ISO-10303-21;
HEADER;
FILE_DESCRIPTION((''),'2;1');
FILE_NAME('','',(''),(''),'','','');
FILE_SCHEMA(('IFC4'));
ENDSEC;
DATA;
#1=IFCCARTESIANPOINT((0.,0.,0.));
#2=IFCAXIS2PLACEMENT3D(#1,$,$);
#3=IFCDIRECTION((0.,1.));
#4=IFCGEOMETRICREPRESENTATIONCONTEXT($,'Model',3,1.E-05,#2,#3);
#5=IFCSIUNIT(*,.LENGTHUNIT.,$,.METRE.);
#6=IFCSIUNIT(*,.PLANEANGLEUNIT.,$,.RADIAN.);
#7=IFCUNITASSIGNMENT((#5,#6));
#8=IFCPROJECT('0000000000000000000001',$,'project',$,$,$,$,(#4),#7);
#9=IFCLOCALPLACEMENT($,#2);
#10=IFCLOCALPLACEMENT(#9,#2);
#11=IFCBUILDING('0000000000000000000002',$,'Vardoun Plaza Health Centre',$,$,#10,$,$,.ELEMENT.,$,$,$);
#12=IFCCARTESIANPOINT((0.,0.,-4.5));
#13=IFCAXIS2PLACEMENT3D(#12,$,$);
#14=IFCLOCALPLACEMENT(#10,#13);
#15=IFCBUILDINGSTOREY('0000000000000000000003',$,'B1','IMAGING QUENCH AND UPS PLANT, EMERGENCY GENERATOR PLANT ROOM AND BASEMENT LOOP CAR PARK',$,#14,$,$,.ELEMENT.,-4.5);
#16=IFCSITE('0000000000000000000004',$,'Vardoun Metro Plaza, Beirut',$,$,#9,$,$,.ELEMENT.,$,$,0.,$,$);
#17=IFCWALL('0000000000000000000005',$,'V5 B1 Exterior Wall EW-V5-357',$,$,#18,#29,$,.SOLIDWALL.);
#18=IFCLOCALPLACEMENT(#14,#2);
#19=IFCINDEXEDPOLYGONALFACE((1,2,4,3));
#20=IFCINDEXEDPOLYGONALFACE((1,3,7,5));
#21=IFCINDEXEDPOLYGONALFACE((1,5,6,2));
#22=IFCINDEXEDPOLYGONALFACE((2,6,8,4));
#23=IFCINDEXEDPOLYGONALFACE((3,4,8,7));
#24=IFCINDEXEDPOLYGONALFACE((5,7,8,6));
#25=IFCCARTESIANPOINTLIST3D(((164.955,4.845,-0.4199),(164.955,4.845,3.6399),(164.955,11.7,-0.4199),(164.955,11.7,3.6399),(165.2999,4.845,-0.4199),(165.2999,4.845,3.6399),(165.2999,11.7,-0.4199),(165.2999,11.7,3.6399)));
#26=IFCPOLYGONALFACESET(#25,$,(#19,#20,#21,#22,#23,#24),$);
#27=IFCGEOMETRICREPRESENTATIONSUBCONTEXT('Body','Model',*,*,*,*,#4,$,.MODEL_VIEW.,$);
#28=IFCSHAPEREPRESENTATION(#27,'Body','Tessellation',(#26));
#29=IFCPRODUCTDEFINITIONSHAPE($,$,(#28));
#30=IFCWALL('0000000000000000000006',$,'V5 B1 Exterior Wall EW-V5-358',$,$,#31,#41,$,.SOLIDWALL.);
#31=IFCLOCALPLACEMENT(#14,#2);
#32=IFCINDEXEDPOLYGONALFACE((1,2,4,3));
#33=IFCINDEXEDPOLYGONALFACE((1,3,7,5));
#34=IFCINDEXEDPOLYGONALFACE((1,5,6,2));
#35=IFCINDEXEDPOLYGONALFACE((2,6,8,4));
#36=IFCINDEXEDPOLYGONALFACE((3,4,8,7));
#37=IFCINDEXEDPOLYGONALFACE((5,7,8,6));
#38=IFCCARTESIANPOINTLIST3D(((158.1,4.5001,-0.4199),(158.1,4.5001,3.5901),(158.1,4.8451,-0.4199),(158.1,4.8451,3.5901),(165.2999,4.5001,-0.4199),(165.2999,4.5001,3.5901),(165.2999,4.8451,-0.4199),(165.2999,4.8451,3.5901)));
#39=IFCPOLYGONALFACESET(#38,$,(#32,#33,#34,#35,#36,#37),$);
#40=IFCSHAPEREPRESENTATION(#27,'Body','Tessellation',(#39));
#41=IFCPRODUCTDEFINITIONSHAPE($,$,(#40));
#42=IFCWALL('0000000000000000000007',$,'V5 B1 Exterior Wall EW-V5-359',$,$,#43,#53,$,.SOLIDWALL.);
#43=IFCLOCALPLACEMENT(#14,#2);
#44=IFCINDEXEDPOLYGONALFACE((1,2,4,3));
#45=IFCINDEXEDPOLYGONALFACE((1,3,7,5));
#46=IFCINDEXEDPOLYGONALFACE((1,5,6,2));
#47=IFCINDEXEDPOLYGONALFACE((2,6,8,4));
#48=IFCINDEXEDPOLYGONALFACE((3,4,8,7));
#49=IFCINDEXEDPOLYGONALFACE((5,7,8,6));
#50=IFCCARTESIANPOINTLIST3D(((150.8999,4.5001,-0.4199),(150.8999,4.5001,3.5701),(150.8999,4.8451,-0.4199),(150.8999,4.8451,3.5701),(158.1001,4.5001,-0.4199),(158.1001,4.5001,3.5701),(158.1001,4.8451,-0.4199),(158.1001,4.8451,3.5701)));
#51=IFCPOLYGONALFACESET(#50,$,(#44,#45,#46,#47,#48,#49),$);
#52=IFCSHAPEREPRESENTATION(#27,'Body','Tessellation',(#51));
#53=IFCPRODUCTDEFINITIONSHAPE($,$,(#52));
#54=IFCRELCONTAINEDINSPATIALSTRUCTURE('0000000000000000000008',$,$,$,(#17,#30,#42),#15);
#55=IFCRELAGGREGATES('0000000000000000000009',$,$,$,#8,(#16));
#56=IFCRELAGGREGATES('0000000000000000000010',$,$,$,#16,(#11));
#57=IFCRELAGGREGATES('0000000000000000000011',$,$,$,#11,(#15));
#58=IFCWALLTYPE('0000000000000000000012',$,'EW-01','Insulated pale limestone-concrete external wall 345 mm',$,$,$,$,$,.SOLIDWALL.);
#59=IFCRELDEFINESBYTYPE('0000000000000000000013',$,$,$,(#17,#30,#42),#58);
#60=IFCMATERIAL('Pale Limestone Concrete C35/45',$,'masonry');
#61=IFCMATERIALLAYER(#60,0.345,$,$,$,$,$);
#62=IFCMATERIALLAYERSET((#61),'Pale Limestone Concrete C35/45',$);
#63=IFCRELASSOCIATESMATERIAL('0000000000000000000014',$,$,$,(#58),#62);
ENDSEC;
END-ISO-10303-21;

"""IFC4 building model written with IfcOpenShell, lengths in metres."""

from ifc_helpers import new_model, si_unit, direction, frame, frame_2d, origin, place, context, subcontext, project, spatial, rectangle, extrude, material, layer, layer_set, type_object, element, save


model = new_model("IFC4")

# Units and contexts
model_context = context("Model", 3, precision=1e-05, world=origin(), true_north=direction((0.0, 1.0)))
body_context = subcontext(model_context, "Body", "Model", "MODEL_VIEW")
ifc_project = project(units=[si_unit("LENGTHUNIT", "METRE"), si_unit("PLANEANGLEUNIT", "RADIAN")], contexts=[model_context])

# Site, building, storey
site_placement = place(None, origin())
site = spatial("IfcSite", under=ifc_project, at=site_placement, Name="Vardoun Metro Plaza, Beirut", CompositionType="ELEMENT", RefElevation=0.0)
building_placement = place(site_placement, origin())
building = spatial("IfcBuilding", under=site, at=building_placement, Name="Vardoun Plaza Health Centre", CompositionType="ELEMENT")
storey_placement = place(building_placement, frame((0.0, 0.0, -4.5)))
storey = spatial("IfcBuildingStorey", under=building, at=storey_placement, Name="B1", Description="IMAGING QUENCH AND UPS PLANT, EMERGENCY GENERATOR PLANT ROOM AND BASEMENT LOOP CAR PARK", CompositionType="ELEMENT", Elevation=-4.5)

# Walls
ifc_material_1 = material(Name="Pale Limestone Concrete C35/45", Category="masonry")
ifc_layer = layer(ifc_material_1, 0.345)
ifc_layer_set = layer_set([ifc_layer], Name="Pale Limestone Concrete C35/45")
wall_type = type_object("IfcWallType", Name="EW-01", Description="Insulated pale limestone-concrete external wall 345 mm", PredefinedType="SOLIDWALL", material=ifc_layer_set)
wall_1_placement = place(storey_placement, frame((165.1274, 11.7, -0.4199), z_axis=(0.0, 0.0, 1.0), x_axis=(0.0, -1.0, 0.0)))
element("IfcWall", 1, at=wall_1_placement, inside=storey, type_object=wall_type, Name="V5 B1 Exterior Wall EW-V5-357", PredefinedType="SOLIDWALL", context=body_context, shape_type="SweptSolid", body=[
    extrude(rectangle(XDim=6.855, YDim=0.345, at=frame_2d((3.4275, 0.0))), origin(), (0.0, 0.0, 1.0), 4.0598),
])
wall_2_placement = place(storey_placement, frame((165.3, 4.6726, -0.4199), z_axis=(0.0, 0.0, 1.0), x_axis=(-1.0, 0.0, 0.0)))
element("IfcWall", 2, at=wall_2_placement, inside=storey, type_object=wall_type, Name="V5 B1 Exterior Wall EW-V5-358", PredefinedType="SOLIDWALL", context=body_context, shape_type="SweptSolid", body=[
    extrude(rectangle(XDim=7.2, YDim=0.345, at=frame_2d((3.6001, 0.0))), origin(), (0.0, 0.0, 1.0), 4.01),
])
wall_3_placement = place(storey_placement, frame((158.1001, 4.6726, -0.4199), z_axis=(0.0, 0.0, 1.0), x_axis=(-1.0, 0.0, 0.0)))
element("IfcWall", 3, at=wall_3_placement, inside=storey, type_object=wall_type, Name="V5 B1 Exterior Wall EW-V5-359", PredefinedType="SOLIDWALL", context=body_context, shape_type="SweptSolid", body=[
    extrude(rectangle(XDim=7.2002, YDim=0.345, at=frame_2d((3.6001, 0.0))), origin(), (0.0, 0.0, 1.0), 3.99),
])

save(model, "model.ifc")
